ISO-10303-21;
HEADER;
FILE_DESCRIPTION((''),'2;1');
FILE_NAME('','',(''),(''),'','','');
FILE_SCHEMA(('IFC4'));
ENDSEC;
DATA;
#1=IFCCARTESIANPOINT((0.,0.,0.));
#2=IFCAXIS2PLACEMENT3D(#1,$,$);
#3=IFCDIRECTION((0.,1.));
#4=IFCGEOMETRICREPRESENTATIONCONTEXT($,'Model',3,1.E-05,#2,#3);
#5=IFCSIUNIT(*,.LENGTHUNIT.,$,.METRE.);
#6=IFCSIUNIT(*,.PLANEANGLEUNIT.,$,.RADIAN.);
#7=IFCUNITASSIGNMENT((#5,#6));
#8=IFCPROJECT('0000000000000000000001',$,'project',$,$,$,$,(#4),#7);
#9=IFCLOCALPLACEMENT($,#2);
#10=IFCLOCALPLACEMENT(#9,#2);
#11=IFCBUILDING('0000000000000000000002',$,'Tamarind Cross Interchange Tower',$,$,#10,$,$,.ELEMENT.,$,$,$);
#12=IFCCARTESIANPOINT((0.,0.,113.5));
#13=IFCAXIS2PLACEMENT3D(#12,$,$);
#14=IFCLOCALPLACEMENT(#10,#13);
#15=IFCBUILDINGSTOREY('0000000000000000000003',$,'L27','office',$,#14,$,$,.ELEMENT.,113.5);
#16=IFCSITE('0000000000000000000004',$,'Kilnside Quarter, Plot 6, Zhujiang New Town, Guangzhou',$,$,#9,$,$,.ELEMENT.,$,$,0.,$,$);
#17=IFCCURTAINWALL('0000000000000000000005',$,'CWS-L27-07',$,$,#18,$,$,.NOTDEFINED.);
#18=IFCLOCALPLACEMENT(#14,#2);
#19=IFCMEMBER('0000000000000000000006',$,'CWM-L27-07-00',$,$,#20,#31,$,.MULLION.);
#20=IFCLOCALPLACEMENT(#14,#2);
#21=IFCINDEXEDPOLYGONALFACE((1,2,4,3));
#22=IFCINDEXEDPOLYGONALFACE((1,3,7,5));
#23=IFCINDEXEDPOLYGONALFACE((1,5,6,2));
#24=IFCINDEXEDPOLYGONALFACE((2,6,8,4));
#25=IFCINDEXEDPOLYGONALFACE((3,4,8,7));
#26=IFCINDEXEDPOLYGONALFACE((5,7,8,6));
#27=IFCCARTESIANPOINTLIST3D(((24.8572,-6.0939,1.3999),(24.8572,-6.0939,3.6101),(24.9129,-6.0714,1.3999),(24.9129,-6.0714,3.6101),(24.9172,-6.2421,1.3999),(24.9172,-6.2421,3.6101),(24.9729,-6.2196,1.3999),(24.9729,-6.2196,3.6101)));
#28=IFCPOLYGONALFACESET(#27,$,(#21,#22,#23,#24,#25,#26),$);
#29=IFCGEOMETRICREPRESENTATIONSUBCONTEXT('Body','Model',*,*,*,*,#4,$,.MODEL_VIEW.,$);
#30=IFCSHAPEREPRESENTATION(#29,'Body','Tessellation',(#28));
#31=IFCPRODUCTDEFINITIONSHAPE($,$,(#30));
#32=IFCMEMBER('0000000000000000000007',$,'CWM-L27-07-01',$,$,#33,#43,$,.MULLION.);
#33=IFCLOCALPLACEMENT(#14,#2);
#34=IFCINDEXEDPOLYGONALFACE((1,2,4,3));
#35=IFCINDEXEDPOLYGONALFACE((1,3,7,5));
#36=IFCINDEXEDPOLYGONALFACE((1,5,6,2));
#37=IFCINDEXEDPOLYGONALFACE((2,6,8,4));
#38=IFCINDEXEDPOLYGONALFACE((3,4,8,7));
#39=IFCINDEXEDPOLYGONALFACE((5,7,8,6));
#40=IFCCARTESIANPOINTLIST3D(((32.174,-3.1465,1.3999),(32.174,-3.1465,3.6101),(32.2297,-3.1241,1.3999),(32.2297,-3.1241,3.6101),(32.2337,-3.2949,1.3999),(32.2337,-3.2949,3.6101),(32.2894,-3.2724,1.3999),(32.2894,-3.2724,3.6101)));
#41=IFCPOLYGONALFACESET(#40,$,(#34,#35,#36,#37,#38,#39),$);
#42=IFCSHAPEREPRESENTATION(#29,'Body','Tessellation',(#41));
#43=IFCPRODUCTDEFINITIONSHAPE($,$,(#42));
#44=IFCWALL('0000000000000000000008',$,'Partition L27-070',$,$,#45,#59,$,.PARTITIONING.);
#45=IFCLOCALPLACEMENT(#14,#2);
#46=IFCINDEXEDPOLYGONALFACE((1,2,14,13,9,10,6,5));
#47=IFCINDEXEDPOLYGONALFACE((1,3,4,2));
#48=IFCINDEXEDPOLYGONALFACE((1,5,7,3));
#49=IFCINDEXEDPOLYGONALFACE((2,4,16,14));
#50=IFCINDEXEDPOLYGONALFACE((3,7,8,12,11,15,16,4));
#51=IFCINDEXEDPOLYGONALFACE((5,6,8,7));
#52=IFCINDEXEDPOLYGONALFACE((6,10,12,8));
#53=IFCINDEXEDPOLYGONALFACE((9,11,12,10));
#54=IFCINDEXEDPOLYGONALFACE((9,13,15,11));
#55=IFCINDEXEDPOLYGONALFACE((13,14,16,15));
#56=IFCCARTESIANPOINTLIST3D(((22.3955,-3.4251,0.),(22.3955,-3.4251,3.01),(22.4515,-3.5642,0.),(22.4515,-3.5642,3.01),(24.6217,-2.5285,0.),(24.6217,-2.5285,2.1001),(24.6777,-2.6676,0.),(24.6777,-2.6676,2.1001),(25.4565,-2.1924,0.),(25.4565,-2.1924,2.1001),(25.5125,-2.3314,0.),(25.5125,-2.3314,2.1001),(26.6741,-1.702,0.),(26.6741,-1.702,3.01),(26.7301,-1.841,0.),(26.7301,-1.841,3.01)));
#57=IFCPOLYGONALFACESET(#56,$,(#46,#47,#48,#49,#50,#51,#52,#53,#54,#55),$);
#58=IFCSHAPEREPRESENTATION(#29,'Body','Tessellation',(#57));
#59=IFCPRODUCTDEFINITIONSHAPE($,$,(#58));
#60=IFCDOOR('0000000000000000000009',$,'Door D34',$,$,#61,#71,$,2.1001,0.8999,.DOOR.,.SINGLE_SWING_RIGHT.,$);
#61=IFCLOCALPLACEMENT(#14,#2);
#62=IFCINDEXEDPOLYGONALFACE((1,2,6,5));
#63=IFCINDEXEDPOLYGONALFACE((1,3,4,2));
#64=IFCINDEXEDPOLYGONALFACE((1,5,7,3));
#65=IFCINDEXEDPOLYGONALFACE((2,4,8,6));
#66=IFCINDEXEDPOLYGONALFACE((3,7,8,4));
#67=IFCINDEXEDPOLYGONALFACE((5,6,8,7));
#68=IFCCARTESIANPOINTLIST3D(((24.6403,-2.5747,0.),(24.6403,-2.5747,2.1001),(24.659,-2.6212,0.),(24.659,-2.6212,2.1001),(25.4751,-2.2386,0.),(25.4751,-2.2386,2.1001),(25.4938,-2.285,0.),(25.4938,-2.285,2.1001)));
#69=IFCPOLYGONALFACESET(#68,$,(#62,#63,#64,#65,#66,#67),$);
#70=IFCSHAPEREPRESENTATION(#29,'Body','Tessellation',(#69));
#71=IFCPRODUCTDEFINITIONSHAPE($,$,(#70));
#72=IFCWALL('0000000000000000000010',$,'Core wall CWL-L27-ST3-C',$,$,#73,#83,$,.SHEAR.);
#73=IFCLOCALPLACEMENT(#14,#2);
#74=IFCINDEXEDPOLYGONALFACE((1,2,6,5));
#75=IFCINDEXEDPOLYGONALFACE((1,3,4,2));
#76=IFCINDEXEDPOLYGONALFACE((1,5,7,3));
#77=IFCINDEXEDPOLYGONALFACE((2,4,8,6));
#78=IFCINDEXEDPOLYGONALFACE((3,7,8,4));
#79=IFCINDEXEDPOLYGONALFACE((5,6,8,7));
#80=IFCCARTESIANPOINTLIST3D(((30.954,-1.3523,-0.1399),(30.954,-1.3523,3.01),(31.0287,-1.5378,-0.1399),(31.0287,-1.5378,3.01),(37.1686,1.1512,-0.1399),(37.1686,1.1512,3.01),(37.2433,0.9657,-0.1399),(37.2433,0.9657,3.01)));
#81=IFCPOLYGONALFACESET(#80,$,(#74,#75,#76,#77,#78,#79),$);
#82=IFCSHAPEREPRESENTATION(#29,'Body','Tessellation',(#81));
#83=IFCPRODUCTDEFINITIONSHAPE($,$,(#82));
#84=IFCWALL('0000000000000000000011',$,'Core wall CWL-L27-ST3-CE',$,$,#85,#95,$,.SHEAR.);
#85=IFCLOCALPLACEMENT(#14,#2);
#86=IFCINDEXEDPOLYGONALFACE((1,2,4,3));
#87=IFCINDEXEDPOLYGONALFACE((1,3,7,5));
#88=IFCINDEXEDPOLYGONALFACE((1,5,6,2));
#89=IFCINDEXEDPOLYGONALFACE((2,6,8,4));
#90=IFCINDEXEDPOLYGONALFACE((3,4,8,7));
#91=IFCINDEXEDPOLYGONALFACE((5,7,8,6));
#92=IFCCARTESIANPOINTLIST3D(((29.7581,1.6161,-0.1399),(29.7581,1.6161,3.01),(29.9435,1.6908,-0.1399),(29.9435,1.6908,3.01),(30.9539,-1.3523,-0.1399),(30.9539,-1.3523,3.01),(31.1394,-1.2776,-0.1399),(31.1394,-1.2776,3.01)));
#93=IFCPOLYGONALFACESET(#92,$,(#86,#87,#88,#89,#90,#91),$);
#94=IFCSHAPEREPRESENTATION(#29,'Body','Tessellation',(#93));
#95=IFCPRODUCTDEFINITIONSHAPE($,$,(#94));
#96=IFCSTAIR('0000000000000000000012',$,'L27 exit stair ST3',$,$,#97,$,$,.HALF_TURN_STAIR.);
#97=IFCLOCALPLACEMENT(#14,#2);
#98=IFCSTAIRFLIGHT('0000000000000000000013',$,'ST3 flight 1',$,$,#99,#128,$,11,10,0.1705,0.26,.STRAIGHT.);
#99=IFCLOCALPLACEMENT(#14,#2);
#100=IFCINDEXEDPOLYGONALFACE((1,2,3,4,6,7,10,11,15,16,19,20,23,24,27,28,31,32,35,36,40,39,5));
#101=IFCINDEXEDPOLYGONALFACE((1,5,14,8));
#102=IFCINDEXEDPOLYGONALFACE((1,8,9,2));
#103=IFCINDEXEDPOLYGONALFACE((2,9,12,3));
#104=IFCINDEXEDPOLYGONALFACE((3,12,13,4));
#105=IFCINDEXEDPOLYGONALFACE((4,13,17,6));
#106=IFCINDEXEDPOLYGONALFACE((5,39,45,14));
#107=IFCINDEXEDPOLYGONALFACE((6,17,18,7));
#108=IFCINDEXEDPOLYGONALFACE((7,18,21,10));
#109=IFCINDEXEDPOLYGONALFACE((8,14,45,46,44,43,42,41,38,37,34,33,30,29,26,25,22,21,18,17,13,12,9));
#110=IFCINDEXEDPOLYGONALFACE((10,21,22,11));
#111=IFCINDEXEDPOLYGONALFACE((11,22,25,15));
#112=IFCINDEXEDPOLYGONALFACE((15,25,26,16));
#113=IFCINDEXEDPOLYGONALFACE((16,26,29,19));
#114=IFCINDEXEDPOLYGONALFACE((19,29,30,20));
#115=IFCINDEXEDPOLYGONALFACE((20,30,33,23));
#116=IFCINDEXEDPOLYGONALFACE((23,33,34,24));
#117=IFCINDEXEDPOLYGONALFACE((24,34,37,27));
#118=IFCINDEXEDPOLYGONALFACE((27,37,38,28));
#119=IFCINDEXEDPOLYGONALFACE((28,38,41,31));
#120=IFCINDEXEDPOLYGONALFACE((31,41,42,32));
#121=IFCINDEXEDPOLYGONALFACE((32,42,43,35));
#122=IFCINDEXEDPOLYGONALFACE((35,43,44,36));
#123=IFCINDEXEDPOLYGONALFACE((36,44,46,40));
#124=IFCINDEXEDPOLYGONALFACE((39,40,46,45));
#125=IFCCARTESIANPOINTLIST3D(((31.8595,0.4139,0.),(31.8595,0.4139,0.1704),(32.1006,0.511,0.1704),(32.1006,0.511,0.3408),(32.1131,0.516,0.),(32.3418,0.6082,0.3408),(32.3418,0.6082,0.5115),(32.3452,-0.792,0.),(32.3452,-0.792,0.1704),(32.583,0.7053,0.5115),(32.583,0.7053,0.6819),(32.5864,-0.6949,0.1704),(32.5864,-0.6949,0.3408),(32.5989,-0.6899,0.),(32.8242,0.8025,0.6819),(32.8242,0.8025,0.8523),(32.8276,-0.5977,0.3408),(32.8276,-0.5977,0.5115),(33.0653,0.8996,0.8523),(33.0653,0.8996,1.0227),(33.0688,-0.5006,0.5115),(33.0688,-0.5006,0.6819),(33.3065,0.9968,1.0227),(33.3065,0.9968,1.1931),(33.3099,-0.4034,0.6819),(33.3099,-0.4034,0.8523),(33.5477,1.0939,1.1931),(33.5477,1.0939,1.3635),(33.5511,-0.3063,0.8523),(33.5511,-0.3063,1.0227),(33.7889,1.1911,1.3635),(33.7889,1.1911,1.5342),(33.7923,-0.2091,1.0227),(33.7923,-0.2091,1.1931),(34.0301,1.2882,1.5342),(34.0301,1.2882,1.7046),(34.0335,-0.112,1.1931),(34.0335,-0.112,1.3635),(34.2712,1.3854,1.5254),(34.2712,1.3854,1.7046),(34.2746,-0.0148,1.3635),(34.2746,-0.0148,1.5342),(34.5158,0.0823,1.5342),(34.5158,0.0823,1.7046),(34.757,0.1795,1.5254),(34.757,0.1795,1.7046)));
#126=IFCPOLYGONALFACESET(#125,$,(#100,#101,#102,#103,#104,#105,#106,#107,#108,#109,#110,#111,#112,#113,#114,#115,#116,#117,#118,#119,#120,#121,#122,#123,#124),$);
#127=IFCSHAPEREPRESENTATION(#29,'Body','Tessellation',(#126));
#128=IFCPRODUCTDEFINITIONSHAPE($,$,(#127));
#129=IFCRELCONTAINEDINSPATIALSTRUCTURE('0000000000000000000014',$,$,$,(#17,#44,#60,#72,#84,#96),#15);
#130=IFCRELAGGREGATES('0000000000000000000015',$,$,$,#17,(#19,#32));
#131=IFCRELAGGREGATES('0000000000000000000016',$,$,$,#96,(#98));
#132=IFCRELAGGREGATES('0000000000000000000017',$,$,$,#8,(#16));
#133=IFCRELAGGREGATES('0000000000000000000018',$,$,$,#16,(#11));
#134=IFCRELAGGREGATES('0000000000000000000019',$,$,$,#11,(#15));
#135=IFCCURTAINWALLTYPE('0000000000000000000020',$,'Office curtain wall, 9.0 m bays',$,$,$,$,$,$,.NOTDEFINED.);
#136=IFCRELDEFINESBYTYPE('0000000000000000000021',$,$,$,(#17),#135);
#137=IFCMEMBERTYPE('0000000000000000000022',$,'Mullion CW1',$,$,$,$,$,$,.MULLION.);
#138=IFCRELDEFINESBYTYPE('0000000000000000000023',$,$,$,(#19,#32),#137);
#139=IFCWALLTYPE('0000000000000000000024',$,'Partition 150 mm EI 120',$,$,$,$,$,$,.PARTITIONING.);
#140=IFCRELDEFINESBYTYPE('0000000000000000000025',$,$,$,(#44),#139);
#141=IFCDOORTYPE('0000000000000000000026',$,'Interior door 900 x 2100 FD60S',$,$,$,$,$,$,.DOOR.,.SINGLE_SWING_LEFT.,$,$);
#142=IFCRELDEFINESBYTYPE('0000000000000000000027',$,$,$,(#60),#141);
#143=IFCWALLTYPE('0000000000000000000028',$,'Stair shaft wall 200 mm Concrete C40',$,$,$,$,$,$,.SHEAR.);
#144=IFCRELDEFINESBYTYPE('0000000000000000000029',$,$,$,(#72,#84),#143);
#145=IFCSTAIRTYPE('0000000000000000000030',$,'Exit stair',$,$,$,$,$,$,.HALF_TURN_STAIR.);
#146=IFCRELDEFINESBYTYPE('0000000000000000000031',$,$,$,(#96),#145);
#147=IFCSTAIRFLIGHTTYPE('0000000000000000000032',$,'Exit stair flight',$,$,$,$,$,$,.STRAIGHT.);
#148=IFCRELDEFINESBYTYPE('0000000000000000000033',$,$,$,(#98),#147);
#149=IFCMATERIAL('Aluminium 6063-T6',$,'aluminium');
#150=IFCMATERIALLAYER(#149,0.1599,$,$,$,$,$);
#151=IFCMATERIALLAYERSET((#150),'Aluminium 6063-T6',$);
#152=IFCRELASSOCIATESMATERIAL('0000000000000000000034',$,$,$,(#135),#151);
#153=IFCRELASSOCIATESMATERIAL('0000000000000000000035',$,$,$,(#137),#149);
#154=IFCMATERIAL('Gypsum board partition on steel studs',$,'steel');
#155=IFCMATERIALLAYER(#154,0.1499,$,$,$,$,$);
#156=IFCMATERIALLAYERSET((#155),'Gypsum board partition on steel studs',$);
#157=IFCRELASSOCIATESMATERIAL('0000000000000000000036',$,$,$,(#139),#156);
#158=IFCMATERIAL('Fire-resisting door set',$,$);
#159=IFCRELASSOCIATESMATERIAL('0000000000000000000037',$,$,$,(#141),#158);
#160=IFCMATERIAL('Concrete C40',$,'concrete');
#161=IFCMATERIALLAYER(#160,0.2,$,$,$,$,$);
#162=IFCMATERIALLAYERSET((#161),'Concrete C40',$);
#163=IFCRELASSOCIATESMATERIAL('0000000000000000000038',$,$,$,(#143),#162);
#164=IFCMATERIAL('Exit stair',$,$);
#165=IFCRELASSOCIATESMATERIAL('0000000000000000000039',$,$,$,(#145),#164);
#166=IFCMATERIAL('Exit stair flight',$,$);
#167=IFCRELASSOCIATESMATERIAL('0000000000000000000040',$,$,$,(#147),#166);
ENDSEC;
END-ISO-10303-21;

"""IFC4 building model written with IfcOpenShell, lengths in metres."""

from ifc_helpers import new_model, si_unit, direction, frame, frame_2d, origin, origin_2d, place, context, subcontext, project, spatial, polyline, rectangle, outline, extrude, material, layer, layer_set, material_profile, profile_set, type_object, element, fill, aggregate, save


model = new_model("IFC4")

# Units and contexts
model_context = context("Model", 3, precision=1e-05, world=origin(), true_north=direction((0.0, 1.0)))
body_context = subcontext(model_context, "Body", "Model", "MODEL_VIEW")
ifc_project = project(units=[si_unit("LENGTHUNIT", "METRE"), si_unit("PLANEANGLEUNIT", "RADIAN")], contexts=[model_context])

# Site, building, storey
site_placement = place(None, origin())
site = spatial("IfcSite", under=ifc_project, at=site_placement, Name="Kilnside Quarter, Plot 6, Zhujiang New Town, Guangzhou", CompositionType="ELEMENT", RefElevation=0.0)
building_placement = place(site_placement, origin())
building = spatial("IfcBuilding", under=site, at=building_placement, Name="Tamarind Cross Interchange Tower", CompositionType="ELEMENT")
storey_placement = place(building_placement, frame((0.0, 0.0, 113.5)))
storey = spatial("IfcBuildingStorey", under=building, at=storey_placement, Name="L27", Description="office", CompositionType="ELEMENT", Elevation=113.5)

# Curtain wall, members
ifc_material_1 = material(Name="Aluminium 6063-T6", Category="aluminium")
ifc_layer_1 = layer(ifc_material_1, 0.1599)
ifc_layer_set_1 = layer_set([ifc_layer_1], Name="Aluminium 6063-T6")
curtain_wall_type = type_object("IfcCurtainWallType", Name="Office curtain wall, 9.0 m bays", PredefinedType="NOTDEFINED", material=ifc_layer_set_1)
curtain_wall_placement = place(storey_placement, origin())
curtain_wall = element("IfcCurtainWall", 1, at=curtain_wall_placement, inside=storey, type_object=curtain_wall_type, Name="CWS-L27-07", PredefinedType="NOTDEFINED")
ifc_material_profile_1 = material_profile(ifc_material_1, rectangle(XDim=0.0601, YDim=0.1599, at=origin_2d()), Name="Mullion CW1")
ifc_profile_set_1 = profile_set([ifc_material_profile_1], Name="Aluminium 6063-T6")
member_type = type_object("IfcMemberType", Name="Mullion CW1", PredefinedType="MULLION", material=ifc_profile_set_1)
member_1_placement = place(storey_placement, frame((24.915, -6.1567, 1.3999), z_axis=(0.0, 0.0, 1.0), x_axis=(0.927001, 0.375059, 0.0)))
member_1 = element("IfcMember", 2, at=member_1_placement, type_object=member_type, Name="CWM-L27-07-00", PredefinedType="MULLION", context=body_context, shape_type="SweptSolid", body=[
    extrude(rectangle(XDim=0.0601, YDim=0.1599, at=origin_2d()), origin(), (0.0, 0.0, 1.0), 2.2102),
])
member_2_placement = place(storey_placement, frame((32.2317, -3.2095, 1.3999), z_axis=(0.0, 0.0, 1.0), x_axis=(0.92757, 0.373648, 0.0)))
member_2 = element("IfcMember", 3, at=member_2_placement, type_object=member_type, Name="CWM-L27-07-01", PredefinedType="MULLION", context=body_context, shape_type="SweptSolid", body=[
    extrude(rectangle(XDim=0.0601, YDim=0.1599, at=origin_2d()), origin(), (0.0, 0.0, 1.0), 2.2102),
])
aggregate(curtain_wall, [member_1, member_2])

# Wall, opening, door
ifc_material_2 = material(Name="Gypsum board partition on steel studs", Category="steel")
ifc_layer_2 = layer(ifc_material_2, 0.1499)
ifc_layer_set_2 = layer_set([ifc_layer_2], Name="Gypsum board partition on steel studs")
wall_type_1 = type_object("IfcWallType", Name="Partition 150 mm EI 120", PredefinedType="PARTITIONING", material=ifc_layer_set_2)
wall_1_placement = place(storey_placement, frame((22.4236, -3.4946, 0.0), z_axis=(0.0, 0.0, 1.0), x_axis=(0.927598, 0.37358, 0.0)))
wall_1 = element("IfcWall", 4, at=wall_1_placement, inside=storey, type_object=wall_type_1, Name="Partition L27-070", PredefinedType="PARTITIONING", context=body_context, shape_type="SweptSolid", body=[
    extrude(rectangle(XDim=4.6125, YDim=0.1499, at=frame_2d((2.3062, 0.0))), origin(), (0.0, 0.0, 1.0), 3.01),
])
opening_placement = place(wall_1_placement, frame((2.3999, 0.0, 0.0)))
opening = element("IfcOpeningElement", 5, at=opening_placement, cuts=wall_1, PredefinedType="OPENING", context=body_context, shape_type="SweptSolid", body=[
    extrude(rectangle(XDim=0.8999, YDim=2.1001, at=frame_2d((0.45, 1.05))), frame((0.0, 0.085, 0.0), z_axis=(0.0, -1.0, 0.0), x_axis=(1.0, 0.0, 0.0)), (0.0, 0.0, 1.0), 0.1699),
])
ifc_material_3 = material(Name="Fire-resisting door set")
door_type = type_object("IfcDoorType", Name="Interior door 900 x 2100 FD60S", OperationType="SINGLE_SWING_LEFT", PredefinedType="DOOR", material=ifc_material_3)
door_placement = place(opening_placement, frame((0.8999, 0.0, 0.0), z_axis=(0.0, 0.0, 1.0), x_axis=(-1.0, 0.0, 0.0)))
door = element("IfcDoor", 6, at=door_placement, inside=storey, type_object=door_type, Name="Door D34", OperationType="SINGLE_SWING_RIGHT", OverallHeight=2.1001, OverallWidth=0.8999, PredefinedType="DOOR", context=body_context, shape_type="SweptSolid", body=[
    extrude(rectangle(XDim=0.8999, YDim=2.1001, at=frame_2d((0.45, 1.05))), frame((0.0, 0.0249, 0.0), z_axis=(0.0, -1.0, 0.0), x_axis=(1.0, 0.0, 0.0)), (0.0, 0.0, 1.0), 0.05),
])
fill(opening, door)

# Walls
ifc_material_4 = material(Name="Concrete C40", Category="concrete")
ifc_layer_3 = layer(ifc_material_4, 0.2)
ifc_layer_set_3 = layer_set([ifc_layer_3], Name="Concrete C40")
wall_type_2 = type_object("IfcWallType", Name="Stair shaft wall 200 mm Concrete C40", PredefinedType="SHEAR", material=ifc_layer_set_3)
wall_2_placement = place(storey_placement, frame((30.9912, -1.4451, -0.1399), z_axis=(0.0, 0.0, 1.0), x_axis=(0.927569, 0.373651, 0.0)))
element("IfcWall", 7, at=wall_2_placement, inside=storey, type_object=wall_type_2, Name="Core wall CWL-L27-ST3-C", PredefinedType="SHEAR", context=body_context, shape_type="SweptSolid", body=[
    extrude(rectangle(XDim=6.7, YDim=0.2, at=frame_2d((3.3501, 0.0))), origin(), (0.0, 0.0, 1.0), 3.1499),
])
wall_3_placement = place(storey_placement, frame((31.0466, -1.3149, -0.1399), z_axis=(0.0, 0.0, 1.0), x_axis=(-0.373678, 0.927558, 0.0)))
element("IfcWall", 8, at=wall_3_placement, inside=storey, type_object=wall_type_2, Name="Core wall CWL-L27-ST3-CE", PredefinedType="SHEAR", context=body_context, shape_type="SweptSolid", body=[
    extrude(rectangle(XDim=3.2002, YDim=0.2, at=frame_2d((1.6001, 0.0))), origin(), (0.0, 0.0, 1.0), 3.1499),
])

# Stair, stair flight
ifc_material_5 = material(Name="Exit stair")
stair_type = type_object("IfcStairType", Name="Exit stair", PredefinedType="HALF_TURN_STAIR", material=ifc_material_5)
stair_placement = place(storey_placement, origin())
stair = element("IfcStair", 9, at=stair_placement, inside=storey, type_object=stair_type, Name="L27 exit stair ST3", PredefinedType="HALF_TURN_STAIR")
ifc_material_6 = material(Name="Exit stair flight")
stair_flight_type = type_object("IfcStairFlightType", Name="Exit stair flight", PredefinedType="STRAIGHT", material=ifc_material_6)
stair_flight_placement = place(storey_placement, frame((32.1023, -0.189, 0.0), z_axis=(0.0, 0.0, 1.0), x_axis=(0.92757, 0.373648, 0.0)))
stair_flight = element("IfcStairFlight", 10, at=stair_flight_placement, type_object=stair_flight_type, Name="ST3 flight 1", NumberOfRisers=11, NumberOfTreads=10, PredefinedType="STRAIGHT", RiserHeight=0.1705, TreadLength=0.26, context=body_context, shape_type="SweptSolid", body=[
    extrude(outline(polyline([(0.0, 0.0), (0.0, 0.1704), (0.26, 0.1704), (0.26, 0.3408), (0.52, 0.3408), (0.52, 0.5115), (0.78, 0.5115), (0.78, 0.6819), (1.04, 0.6819), (1.04, 0.8523), (1.3, 0.8523), (1.3, 1.0227), (1.5601, 1.0227), (1.5601, 1.1931), (1.8201, 1.1931), (1.8201, 1.3635), (2.0801, 1.3635), (2.0801, 1.5342), (2.3401, 1.5342), (2.3401, 1.7046), (2.6001, 1.7046), (2.6001, 1.875), (2.6001, 1.5254), (0.2734, 0.0), (0.0, 0.0)])), frame((0.0, 0.6499, 0.0), z_axis=(0.0, -1.0, 0.0), x_axis=(1.0, 0.0, 0.0)), (0.0, 0.0, 1.0), 1.3),
])
aggregate(stair, [stair_flight])

save(model, "model.ifc")
